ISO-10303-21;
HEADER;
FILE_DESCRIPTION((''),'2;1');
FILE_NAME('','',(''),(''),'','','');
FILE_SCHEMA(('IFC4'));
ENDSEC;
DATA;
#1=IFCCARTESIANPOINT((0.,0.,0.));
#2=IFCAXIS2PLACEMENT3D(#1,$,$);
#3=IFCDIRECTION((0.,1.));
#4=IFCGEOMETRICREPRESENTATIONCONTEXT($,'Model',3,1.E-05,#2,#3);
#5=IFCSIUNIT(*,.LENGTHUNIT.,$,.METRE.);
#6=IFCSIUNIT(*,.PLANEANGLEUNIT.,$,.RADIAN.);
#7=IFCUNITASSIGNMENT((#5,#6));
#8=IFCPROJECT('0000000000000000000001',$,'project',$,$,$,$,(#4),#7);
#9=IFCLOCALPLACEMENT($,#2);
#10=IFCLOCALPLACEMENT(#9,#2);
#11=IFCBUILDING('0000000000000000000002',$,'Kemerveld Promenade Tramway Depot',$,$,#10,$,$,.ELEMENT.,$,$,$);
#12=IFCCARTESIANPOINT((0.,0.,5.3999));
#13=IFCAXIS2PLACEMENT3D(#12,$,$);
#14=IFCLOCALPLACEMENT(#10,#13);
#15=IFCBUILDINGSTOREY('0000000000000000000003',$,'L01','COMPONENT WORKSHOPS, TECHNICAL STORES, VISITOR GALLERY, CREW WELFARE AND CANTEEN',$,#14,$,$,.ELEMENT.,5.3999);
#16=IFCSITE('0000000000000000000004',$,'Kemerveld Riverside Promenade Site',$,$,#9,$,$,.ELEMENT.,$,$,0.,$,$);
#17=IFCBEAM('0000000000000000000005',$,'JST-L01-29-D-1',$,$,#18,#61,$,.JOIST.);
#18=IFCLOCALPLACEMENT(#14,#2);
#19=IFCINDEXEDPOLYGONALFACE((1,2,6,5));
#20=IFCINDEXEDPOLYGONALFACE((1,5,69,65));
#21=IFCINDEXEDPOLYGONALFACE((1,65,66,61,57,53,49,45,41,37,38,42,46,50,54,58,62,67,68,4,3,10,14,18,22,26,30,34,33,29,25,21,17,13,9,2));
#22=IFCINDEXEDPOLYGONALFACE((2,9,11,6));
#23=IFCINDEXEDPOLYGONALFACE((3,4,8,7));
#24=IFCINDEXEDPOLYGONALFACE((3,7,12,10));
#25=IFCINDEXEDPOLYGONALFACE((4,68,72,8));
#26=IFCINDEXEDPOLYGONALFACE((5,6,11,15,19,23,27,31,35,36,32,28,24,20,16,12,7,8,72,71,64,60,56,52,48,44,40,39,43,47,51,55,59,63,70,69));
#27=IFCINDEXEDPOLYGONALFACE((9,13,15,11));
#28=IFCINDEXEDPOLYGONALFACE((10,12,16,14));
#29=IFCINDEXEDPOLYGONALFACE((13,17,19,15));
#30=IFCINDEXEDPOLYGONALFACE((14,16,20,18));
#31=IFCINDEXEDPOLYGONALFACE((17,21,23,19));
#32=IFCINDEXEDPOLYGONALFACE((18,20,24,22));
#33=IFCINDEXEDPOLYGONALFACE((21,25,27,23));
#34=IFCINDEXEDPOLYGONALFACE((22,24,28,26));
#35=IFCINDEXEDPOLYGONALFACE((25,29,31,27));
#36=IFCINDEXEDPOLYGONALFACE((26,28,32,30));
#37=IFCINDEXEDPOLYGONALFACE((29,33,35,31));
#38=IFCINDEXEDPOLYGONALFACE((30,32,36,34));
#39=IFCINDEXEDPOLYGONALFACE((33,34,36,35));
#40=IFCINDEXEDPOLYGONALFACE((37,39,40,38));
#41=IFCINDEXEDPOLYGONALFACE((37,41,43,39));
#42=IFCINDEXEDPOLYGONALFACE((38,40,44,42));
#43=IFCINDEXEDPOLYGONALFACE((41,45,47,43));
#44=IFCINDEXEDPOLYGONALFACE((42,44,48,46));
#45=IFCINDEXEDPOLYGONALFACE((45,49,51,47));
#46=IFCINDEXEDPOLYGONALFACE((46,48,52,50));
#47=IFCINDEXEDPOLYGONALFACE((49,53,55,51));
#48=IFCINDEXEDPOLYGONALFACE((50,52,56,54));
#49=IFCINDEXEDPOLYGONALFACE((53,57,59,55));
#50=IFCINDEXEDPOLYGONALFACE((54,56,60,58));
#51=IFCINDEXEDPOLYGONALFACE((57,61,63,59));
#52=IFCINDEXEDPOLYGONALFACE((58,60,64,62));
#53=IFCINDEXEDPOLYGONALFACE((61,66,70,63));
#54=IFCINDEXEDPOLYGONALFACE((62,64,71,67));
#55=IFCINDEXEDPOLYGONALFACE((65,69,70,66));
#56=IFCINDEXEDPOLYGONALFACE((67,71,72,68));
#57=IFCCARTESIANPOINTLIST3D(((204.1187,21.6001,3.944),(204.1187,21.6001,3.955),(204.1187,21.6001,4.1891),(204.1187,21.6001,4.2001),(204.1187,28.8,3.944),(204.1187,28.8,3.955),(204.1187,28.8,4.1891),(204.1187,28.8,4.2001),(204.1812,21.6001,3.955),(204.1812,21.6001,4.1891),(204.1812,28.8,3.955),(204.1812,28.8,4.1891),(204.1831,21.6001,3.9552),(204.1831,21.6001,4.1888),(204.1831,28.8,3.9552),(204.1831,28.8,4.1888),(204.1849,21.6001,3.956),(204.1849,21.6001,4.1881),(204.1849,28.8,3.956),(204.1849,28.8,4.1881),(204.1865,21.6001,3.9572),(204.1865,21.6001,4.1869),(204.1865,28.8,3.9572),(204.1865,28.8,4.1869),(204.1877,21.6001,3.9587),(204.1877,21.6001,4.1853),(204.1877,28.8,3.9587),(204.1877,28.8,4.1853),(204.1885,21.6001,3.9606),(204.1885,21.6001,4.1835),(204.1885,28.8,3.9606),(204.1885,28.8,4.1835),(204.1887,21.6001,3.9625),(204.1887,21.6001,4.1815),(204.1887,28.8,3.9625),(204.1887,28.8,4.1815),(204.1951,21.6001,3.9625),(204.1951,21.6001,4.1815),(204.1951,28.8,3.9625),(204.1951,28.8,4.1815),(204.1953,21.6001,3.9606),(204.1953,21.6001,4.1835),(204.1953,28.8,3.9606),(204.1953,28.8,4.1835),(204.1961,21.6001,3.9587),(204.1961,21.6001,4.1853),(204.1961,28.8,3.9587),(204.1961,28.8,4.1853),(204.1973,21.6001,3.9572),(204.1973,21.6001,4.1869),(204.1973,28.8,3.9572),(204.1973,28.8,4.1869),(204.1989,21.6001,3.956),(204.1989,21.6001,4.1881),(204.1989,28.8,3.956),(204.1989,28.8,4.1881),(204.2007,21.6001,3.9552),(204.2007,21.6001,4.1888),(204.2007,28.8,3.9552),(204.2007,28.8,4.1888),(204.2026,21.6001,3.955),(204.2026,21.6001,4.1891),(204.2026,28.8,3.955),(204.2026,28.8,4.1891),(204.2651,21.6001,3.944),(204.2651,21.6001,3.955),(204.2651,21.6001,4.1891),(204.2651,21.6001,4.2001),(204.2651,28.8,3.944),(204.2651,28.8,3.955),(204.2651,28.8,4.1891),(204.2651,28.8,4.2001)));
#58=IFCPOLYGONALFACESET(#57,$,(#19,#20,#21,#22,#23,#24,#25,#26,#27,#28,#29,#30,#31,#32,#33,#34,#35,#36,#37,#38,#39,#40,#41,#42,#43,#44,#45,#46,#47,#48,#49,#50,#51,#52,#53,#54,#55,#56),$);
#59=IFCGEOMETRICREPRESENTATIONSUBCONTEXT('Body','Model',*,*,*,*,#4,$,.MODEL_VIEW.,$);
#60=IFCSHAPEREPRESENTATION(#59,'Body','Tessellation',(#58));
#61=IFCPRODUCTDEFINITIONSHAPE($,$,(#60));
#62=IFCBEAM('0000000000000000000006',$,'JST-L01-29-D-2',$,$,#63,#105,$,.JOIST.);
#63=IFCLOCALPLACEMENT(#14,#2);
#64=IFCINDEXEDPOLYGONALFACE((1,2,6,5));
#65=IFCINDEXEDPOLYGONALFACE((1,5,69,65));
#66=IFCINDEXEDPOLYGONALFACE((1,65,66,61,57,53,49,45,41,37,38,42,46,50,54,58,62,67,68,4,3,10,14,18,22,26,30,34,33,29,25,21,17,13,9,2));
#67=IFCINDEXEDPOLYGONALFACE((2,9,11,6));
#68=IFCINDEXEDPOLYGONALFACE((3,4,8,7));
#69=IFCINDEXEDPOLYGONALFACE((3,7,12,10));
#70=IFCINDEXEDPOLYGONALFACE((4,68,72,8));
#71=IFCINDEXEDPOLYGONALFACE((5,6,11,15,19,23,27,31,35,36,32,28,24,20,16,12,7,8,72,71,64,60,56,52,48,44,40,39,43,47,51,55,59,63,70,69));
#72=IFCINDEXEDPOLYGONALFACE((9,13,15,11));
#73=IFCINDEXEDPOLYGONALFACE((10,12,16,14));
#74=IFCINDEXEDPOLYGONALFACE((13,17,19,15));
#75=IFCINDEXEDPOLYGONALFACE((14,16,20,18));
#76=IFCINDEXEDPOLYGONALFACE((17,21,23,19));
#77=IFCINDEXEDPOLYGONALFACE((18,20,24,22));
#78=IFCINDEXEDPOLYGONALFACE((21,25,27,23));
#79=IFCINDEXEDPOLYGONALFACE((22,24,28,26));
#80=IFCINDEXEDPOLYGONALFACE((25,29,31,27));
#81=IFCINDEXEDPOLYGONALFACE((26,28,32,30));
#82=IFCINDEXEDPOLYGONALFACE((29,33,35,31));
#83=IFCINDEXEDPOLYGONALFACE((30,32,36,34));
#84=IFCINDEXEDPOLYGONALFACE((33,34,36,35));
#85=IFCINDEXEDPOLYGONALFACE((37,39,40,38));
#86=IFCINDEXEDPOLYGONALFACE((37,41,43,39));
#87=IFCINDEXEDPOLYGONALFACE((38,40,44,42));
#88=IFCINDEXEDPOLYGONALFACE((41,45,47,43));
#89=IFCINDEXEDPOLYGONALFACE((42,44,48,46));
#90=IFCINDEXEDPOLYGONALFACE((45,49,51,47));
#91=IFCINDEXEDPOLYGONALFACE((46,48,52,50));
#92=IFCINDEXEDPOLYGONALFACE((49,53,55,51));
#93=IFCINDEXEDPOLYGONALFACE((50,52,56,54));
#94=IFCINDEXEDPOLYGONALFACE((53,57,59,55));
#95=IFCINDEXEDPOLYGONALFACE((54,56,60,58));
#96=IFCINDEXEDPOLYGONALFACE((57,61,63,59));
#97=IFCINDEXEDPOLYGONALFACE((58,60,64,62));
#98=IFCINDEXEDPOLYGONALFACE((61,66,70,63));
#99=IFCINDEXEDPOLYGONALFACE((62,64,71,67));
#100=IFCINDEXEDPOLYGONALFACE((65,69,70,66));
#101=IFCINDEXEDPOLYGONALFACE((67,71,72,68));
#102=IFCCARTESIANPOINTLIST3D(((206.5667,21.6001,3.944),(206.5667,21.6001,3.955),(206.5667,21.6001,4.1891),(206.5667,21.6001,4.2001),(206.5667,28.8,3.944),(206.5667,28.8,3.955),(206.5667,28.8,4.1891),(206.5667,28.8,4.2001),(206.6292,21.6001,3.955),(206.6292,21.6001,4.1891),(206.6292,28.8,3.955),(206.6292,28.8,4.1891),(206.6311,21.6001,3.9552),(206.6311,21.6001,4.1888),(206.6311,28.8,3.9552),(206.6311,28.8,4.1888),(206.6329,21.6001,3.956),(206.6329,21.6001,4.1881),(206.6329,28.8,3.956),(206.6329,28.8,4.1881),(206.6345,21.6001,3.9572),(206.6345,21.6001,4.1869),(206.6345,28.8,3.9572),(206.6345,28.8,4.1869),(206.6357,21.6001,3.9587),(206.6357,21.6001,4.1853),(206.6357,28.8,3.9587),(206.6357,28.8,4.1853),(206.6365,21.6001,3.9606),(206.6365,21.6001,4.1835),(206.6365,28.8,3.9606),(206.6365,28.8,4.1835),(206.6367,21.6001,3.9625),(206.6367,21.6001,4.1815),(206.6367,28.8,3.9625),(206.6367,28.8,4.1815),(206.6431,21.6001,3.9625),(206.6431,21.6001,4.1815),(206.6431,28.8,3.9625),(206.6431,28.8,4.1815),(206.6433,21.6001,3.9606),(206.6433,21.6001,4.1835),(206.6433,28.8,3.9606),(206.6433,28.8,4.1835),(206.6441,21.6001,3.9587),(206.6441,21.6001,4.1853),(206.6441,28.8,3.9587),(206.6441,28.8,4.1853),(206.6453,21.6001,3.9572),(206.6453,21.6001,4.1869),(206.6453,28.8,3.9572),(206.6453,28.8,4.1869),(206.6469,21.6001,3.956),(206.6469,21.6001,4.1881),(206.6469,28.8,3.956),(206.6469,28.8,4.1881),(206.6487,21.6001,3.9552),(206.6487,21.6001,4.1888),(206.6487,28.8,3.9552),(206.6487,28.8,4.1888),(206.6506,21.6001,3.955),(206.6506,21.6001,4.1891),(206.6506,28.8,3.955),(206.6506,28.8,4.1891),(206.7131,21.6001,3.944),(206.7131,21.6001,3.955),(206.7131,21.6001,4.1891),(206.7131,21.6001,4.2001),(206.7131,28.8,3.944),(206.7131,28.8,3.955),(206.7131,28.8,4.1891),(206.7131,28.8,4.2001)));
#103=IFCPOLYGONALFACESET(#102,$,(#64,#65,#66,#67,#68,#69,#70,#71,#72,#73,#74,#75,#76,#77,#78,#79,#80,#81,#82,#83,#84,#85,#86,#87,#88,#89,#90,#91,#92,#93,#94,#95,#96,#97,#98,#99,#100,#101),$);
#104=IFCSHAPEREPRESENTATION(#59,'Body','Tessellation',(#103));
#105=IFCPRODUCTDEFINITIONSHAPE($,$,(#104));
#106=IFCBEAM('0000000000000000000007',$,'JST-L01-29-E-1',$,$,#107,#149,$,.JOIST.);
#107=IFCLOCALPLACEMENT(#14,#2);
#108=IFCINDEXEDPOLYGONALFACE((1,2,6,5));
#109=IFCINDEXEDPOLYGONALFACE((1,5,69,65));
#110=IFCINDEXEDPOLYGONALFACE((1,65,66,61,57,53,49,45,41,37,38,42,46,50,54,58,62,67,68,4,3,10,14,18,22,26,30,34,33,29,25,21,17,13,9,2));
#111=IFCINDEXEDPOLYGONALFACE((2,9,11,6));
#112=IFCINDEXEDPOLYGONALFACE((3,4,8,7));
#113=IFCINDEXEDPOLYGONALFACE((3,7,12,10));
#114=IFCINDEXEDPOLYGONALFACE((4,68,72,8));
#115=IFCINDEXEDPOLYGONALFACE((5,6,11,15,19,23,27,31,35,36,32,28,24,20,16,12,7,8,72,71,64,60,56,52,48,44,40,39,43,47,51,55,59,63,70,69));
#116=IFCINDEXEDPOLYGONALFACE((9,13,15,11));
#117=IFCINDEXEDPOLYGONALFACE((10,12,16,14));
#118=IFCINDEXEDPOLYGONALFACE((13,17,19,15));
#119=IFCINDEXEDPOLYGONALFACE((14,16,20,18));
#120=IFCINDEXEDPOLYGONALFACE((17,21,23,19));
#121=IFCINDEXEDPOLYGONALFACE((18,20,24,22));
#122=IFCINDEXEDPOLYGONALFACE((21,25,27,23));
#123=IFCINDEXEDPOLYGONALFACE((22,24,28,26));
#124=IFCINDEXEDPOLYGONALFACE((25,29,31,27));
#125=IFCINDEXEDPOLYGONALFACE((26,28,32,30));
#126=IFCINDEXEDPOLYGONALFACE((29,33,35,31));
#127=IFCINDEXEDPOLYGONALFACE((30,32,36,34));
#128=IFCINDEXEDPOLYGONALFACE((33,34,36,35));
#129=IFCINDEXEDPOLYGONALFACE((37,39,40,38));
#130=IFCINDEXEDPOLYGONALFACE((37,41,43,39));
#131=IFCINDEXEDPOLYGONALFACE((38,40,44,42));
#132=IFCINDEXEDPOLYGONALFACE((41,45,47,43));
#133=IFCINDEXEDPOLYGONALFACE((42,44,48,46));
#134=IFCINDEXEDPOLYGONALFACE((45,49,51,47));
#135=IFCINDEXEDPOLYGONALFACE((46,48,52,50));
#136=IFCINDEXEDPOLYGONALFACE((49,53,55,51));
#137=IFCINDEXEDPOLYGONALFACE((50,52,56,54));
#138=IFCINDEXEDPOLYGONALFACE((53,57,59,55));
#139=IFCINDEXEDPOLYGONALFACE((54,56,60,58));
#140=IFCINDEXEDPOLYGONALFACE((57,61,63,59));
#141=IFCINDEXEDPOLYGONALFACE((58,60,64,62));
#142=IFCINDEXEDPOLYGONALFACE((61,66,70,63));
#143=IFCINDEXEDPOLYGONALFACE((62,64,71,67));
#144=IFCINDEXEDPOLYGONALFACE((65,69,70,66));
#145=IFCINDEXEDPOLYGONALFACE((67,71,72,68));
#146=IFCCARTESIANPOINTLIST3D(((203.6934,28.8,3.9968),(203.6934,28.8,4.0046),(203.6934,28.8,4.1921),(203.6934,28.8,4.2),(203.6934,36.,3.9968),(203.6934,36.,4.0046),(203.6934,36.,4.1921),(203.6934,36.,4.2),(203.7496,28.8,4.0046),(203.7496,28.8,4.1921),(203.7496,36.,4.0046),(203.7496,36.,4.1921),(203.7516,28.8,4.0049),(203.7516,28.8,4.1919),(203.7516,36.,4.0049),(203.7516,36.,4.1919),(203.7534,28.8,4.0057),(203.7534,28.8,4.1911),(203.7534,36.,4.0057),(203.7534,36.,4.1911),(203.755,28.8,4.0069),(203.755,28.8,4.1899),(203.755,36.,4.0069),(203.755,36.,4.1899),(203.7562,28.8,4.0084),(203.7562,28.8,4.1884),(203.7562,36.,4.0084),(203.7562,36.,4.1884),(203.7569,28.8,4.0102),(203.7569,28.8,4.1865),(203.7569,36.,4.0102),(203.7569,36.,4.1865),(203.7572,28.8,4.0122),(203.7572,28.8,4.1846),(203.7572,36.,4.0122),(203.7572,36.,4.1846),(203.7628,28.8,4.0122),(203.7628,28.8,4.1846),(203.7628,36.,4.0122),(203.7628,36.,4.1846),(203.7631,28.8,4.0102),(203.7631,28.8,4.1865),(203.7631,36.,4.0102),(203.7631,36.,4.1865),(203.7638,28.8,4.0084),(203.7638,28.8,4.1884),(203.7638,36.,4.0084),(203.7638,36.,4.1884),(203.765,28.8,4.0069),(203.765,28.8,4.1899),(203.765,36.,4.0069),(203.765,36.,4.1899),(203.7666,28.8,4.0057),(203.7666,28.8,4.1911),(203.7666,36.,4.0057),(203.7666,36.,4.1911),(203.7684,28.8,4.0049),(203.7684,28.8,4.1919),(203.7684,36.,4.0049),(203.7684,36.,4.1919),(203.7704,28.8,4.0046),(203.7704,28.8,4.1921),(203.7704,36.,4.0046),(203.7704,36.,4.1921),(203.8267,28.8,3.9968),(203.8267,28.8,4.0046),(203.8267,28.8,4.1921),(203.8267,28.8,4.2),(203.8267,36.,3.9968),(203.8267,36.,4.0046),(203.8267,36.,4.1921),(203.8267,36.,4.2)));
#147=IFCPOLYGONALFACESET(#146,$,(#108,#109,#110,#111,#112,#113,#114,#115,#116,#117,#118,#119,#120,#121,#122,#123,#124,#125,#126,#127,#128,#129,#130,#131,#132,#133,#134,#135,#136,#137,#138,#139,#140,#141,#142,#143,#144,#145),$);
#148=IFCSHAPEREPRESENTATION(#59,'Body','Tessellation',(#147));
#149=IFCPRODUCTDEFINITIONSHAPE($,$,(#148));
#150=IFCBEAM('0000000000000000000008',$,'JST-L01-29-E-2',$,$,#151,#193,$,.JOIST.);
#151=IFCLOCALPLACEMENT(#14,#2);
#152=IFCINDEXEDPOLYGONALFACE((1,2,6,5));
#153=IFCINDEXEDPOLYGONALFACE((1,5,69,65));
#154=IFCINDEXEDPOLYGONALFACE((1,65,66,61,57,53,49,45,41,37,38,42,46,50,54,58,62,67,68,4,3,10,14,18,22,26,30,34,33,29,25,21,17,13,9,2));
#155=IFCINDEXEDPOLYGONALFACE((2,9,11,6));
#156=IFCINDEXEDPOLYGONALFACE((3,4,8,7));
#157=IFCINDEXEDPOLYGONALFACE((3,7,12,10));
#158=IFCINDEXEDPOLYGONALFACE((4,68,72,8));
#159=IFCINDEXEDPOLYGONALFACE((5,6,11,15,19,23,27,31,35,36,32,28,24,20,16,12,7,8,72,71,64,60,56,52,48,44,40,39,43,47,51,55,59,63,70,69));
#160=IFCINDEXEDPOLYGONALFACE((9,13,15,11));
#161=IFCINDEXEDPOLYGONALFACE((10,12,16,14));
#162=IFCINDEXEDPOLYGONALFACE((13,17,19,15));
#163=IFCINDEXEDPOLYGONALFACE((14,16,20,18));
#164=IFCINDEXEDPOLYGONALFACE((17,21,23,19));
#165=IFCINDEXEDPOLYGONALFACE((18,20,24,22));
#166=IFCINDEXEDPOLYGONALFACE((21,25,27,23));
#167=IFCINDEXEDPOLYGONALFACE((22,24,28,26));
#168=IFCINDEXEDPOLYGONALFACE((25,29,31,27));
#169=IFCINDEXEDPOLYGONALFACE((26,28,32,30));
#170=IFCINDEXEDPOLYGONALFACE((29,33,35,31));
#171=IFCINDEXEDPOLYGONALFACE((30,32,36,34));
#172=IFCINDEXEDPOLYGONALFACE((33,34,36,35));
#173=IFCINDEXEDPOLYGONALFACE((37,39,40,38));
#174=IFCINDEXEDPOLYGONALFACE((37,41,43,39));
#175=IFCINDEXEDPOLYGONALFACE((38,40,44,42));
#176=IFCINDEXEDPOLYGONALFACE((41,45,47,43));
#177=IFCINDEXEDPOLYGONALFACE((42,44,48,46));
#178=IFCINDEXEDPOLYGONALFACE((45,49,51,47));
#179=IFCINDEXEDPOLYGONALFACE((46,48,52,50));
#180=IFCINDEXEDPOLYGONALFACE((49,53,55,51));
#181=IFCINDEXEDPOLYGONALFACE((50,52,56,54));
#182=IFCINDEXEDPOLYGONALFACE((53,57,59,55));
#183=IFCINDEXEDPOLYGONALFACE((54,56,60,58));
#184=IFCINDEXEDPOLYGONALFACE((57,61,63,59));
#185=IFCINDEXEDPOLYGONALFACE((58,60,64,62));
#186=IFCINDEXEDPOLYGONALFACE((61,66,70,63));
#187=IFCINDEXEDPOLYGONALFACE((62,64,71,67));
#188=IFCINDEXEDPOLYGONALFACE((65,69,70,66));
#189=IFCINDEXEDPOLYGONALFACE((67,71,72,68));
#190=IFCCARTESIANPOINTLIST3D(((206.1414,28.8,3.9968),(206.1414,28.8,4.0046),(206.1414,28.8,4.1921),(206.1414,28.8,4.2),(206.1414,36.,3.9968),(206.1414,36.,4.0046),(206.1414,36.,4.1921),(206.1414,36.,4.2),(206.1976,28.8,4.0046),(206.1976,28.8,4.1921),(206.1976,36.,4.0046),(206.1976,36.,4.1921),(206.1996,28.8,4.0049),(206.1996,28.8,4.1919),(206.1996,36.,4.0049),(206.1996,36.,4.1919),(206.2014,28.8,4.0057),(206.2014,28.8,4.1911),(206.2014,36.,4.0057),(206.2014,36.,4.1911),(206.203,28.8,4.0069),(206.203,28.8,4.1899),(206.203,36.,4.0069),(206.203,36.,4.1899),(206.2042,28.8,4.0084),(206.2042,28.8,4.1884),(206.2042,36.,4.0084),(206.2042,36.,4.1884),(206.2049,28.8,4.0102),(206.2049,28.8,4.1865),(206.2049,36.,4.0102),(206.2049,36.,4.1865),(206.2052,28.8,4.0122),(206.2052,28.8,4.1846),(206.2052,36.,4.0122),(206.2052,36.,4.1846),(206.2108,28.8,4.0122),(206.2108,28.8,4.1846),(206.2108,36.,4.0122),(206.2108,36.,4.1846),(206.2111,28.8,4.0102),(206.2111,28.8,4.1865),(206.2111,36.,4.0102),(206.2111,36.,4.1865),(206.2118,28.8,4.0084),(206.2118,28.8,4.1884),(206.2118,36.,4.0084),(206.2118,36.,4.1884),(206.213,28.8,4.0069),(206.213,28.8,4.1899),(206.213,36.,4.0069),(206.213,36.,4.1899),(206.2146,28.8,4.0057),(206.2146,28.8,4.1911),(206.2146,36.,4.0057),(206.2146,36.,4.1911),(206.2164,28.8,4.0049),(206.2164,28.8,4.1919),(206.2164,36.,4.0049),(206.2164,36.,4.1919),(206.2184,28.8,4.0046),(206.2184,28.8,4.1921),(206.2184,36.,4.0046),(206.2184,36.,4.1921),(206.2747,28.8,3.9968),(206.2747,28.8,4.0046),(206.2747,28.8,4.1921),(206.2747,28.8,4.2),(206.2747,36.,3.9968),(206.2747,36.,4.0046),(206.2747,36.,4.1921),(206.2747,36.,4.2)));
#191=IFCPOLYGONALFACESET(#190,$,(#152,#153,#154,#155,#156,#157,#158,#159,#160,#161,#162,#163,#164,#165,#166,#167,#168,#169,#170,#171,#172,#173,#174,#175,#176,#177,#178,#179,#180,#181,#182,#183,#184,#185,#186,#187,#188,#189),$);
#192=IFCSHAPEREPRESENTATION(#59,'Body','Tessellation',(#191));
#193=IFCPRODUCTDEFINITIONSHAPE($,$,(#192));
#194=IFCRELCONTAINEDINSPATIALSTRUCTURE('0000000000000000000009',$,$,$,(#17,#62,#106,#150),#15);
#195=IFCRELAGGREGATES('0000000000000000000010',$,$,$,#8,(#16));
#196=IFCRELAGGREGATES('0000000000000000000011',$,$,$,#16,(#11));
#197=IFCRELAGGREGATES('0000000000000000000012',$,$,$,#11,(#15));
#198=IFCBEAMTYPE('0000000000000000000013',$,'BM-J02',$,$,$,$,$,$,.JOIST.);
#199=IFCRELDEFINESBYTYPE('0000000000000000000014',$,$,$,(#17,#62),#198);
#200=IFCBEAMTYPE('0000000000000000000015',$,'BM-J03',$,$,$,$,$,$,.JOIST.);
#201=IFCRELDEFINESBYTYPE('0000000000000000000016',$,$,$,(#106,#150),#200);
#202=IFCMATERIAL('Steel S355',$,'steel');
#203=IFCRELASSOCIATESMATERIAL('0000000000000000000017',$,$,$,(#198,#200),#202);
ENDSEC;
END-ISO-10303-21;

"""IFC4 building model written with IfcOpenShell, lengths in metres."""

from ifc_helpers import new_model, si_unit, direction, frame, origin, origin_2d, place, context, subcontext, project, spatial, i_section, extrude, material, material_profile, profile_set, type_object, element, save


model = new_model("IFC4")

# Units and contexts
model_context = context("Model", 3, precision=1e-05, world=origin(), true_north=direction((0.0, 1.0)))
body_context = subcontext(model_context, "Body", "Model", "MODEL_VIEW")
ifc_project = project(units=[si_unit("LENGTHUNIT", "METRE"), si_unit("PLANEANGLEUNIT", "RADIAN")], contexts=[model_context])

# Site, building, storey
site_placement = place(None, origin())
site = spatial("IfcSite", under=ifc_project, at=site_placement, Name="Kemerveld Riverside Promenade Site", CompositionType="ELEMENT", RefElevation=0.0)
building_placement = place(site_placement, origin())
building = spatial("IfcBuilding", under=site, at=building_placement, Name="Kemerveld Promenade Tramway Depot", CompositionType="ELEMENT")
storey_placement = place(building_placement, frame((0.0, 0.0, 5.3999)))
storey = spatial("IfcBuildingStorey", under=building, at=storey_placement, Name="L01", Description="COMPONENT WORKSHOPS, TECHNICAL STORES, VISITOR GALLERY, CREW WELFARE AND CANTEEN", CompositionType="ELEMENT", Elevation=5.3999)

# Shared definitions
ifc_material_1 = material(Name="Steel S355", Category="steel")

# Beams
ifc_material_profile_1 = material_profile(ifc_material_1, i_section(OverallWidth=0.1465, OverallDepth=0.2561, WebThickness=0.0063, FlangeThickness=0.011, FilletRadius=0.0076, at=origin_2d()), Name="254x146x37 UB")
ifc_profile_set_1 = profile_set([ifc_material_profile_1], Name="Steel S355")
beam_type_1 = type_object("IfcBeamType", Name="BM-J02", PredefinedType="JOIST", material=ifc_profile_set_1)
for number, where, z_axis, x_axis, name in (
    (1, (204.1919, 21.6001, 4.072), (0.0, 1.0, 0.0), (-1.0, 0.0, 0.0), "JST-L01-29-D-1"),
    (2, (206.6399, 21.6001, 4.072), (0.0, 1.0, 0.0), (-1.0, 0.0, 0.0), "JST-L01-29-D-2"),
):
    element("IfcBeam", number, at=place(storey_placement, frame(where, z_axis=z_axis, x_axis=x_axis)), inside=storey, type_object=beam_type_1, Name=name, PredefinedType="JOIST", context=body_context, shape_type="SweptSolid", body=[
        extrude(i_section(OverallWidth=0.1465, OverallDepth=0.2561, WebThickness=0.0063, FlangeThickness=0.011, FilletRadius=0.0076, at=origin_2d()), origin(), (0.0, 0.0, 1.0), 7.2),
    ])
ifc_material_profile_2 = material_profile(ifc_material_1, i_section(OverallWidth=0.1333, OverallDepth=0.2031, WebThickness=0.0056, FlangeThickness=0.0078, FilletRadius=0.0076, at=origin_2d()), Name="203x133x25 UB")
ifc_profile_set_2 = profile_set([ifc_material_profile_2], Name="Steel S355")
beam_type_2 = type_object("IfcBeamType", Name="BM-J03", PredefinedType="JOIST", material=ifc_profile_set_2)
for number, where, z_axis, x_axis, name in (
    (3, (203.76, 28.8, 4.0984), (0.0, 1.0, 0.0), (-1.0, 0.0, 0.0), "JST-L01-29-E-1"),
    (4, (206.208, 28.8, 4.0984), (0.0, 1.0, 0.0), (-1.0, 0.0, 0.0), "JST-L01-29-E-2"),
):
    element("IfcBeam", number, at=place(storey_placement, frame(where, z_axis=z_axis, x_axis=x_axis)), inside=storey, type_object=beam_type_2, Name=name, PredefinedType="JOIST", context=body_context, shape_type="SweptSolid", body=[
        extrude(i_section(OverallWidth=0.1333, OverallDepth=0.2031, WebThickness=0.0056, FlangeThickness=0.0078, FilletRadius=0.0076, at=origin_2d()), origin(), (0.0, 0.0, 1.0), 7.2),
    ])

save(model, "model.ifc")
